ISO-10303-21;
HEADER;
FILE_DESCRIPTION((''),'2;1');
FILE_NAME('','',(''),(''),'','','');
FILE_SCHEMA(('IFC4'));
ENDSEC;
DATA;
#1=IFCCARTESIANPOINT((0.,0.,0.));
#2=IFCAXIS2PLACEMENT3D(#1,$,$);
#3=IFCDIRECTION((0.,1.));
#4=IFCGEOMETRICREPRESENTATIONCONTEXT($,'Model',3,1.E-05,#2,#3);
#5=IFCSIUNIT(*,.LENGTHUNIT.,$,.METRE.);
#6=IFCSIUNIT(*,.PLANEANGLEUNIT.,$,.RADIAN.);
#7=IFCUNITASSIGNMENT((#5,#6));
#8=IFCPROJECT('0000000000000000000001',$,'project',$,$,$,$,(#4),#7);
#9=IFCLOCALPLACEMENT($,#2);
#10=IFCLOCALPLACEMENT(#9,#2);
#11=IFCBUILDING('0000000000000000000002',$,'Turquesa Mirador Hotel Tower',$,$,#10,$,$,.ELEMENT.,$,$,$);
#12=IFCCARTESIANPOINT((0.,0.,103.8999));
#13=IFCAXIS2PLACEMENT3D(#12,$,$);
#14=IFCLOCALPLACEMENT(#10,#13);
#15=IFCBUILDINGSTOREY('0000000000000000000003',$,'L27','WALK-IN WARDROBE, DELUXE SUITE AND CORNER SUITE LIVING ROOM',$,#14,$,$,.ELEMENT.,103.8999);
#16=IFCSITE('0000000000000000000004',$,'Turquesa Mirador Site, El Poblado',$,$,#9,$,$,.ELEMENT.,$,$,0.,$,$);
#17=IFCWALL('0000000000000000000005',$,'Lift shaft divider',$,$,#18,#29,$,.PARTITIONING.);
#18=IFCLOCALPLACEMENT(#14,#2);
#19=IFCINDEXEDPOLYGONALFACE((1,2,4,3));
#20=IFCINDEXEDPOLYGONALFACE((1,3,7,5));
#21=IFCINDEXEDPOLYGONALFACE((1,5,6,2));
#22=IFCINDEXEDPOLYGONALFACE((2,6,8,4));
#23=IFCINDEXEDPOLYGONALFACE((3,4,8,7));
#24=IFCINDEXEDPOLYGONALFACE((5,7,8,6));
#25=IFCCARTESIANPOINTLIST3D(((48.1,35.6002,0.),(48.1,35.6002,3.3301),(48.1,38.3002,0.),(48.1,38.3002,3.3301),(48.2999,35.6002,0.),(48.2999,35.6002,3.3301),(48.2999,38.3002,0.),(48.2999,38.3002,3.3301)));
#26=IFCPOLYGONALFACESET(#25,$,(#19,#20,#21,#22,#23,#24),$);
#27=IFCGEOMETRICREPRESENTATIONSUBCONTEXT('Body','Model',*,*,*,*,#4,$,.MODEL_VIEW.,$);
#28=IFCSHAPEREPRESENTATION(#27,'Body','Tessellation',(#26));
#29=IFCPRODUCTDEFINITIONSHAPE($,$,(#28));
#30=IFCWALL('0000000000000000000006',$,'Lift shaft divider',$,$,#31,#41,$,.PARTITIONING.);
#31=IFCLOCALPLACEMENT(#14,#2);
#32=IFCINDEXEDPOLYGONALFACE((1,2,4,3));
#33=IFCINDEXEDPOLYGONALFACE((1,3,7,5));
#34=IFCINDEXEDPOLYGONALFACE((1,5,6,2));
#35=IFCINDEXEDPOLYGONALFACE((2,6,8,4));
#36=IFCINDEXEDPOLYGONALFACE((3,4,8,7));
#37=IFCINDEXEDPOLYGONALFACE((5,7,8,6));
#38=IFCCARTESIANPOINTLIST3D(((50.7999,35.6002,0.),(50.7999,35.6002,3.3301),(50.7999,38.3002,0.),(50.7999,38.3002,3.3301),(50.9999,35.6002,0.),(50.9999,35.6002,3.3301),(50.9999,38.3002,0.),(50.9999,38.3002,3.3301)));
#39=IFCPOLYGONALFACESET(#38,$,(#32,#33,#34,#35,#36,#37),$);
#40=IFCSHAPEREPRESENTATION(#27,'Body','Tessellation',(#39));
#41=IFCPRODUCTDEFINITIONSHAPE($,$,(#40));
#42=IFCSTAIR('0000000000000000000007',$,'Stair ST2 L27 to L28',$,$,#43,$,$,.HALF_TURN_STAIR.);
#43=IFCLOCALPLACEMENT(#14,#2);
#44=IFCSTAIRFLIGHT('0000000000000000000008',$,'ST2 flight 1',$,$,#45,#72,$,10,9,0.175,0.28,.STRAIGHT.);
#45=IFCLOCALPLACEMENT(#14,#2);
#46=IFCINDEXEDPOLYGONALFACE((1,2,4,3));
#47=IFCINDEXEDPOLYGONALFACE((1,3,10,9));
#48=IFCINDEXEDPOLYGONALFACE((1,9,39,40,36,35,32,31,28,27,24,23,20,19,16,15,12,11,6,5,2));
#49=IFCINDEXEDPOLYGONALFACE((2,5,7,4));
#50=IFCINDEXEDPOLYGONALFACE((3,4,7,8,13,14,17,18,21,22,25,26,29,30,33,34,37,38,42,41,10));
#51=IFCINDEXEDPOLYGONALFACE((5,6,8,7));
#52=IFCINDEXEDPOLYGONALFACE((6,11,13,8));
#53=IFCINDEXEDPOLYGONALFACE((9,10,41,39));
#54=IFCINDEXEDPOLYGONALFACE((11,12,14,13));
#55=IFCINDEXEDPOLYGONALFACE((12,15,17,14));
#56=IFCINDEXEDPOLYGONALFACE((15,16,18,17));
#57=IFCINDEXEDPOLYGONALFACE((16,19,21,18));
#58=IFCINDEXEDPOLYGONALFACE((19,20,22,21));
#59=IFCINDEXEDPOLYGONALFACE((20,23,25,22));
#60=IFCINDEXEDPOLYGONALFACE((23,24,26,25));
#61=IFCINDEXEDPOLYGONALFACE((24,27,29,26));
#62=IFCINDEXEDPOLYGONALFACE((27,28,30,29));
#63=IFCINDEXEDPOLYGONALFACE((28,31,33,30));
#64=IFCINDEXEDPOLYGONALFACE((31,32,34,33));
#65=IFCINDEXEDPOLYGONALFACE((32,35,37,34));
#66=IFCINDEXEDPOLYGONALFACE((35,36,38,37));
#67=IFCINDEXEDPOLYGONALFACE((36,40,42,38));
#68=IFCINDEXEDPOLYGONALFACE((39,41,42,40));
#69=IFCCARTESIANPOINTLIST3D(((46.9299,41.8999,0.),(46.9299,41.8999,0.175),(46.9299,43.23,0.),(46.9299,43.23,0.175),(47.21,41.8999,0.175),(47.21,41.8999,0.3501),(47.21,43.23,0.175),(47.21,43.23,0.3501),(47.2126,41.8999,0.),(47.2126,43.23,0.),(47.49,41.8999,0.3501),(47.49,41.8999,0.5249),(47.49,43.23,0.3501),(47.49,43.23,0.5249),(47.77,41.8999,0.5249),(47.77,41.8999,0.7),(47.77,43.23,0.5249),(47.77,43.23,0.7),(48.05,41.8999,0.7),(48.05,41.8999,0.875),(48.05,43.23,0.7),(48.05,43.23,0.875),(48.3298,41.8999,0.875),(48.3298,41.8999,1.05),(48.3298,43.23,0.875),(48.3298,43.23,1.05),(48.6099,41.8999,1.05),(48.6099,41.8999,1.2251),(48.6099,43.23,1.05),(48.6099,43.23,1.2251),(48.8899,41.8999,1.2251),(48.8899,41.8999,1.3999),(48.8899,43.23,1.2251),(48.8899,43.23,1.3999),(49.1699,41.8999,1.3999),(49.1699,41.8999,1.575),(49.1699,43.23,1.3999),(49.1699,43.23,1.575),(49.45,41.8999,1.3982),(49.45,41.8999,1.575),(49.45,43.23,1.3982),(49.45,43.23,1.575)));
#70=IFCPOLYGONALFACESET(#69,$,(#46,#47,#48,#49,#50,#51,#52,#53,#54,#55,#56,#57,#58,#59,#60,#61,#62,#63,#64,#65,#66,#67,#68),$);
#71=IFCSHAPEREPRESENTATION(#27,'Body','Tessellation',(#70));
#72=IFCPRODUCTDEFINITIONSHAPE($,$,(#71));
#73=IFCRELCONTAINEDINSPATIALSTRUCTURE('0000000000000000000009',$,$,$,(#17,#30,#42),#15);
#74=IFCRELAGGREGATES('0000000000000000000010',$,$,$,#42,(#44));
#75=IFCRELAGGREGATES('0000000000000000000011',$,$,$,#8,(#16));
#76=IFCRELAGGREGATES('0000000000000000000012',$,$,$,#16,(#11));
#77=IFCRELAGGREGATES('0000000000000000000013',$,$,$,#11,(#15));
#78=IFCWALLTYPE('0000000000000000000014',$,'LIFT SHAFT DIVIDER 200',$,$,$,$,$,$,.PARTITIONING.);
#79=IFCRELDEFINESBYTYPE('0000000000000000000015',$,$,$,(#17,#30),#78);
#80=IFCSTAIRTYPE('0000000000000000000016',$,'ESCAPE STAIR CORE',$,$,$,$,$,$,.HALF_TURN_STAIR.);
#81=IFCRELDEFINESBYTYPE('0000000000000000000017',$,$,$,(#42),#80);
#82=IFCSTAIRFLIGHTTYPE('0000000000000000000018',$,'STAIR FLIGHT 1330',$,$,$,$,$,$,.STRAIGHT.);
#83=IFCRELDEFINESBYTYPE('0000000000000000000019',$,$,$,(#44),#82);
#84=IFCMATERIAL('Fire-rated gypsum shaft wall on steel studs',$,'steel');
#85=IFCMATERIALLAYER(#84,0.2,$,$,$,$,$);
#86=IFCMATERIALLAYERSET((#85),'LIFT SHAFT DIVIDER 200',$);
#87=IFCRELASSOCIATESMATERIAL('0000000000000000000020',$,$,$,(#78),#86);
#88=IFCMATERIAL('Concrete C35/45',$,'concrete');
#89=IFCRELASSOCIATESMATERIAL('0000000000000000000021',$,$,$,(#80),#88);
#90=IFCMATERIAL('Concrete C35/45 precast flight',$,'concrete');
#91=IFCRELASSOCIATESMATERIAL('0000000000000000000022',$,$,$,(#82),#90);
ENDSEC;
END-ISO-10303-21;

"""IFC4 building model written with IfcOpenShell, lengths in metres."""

from ifc_helpers import new_model, si_unit, direction, frame, frame_2d, origin, place, context, subcontext, project, spatial, polyline, rectangle, outline, extrude, material, layer, layer_set, type_object, element, aggregate, save


model = new_model("IFC4")

# Units and contexts
model_context = context("Model", 3, precision=1e-05, world=origin(), true_north=direction((0.0, 1.0)))
body_context = subcontext(model_context, "Body", "Model", "MODEL_VIEW")
ifc_project = project(units=[si_unit("LENGTHUNIT", "METRE"), si_unit("PLANEANGLEUNIT", "RADIAN")], contexts=[model_context])

# Site, building, storey
site_placement = place(None, origin())
site = spatial("IfcSite", under=ifc_project, at=site_placement, Name="Turquesa Mirador Site, El Poblado", CompositionType="ELEMENT", RefElevation=0.0)
building_placement = place(site_placement, origin())
building = spatial("IfcBuilding", under=site, at=building_placement, Name="Turquesa Mirador Hotel Tower", CompositionType="ELEMENT")
storey_placement = place(building_placement, frame((0.0, 0.0, 103.8999)))
storey = spatial("IfcBuildingStorey", under=building, at=storey_placement, Name="L27", Description="WALK-IN WARDROBE, DELUXE SUITE AND CORNER SUITE LIVING ROOM", CompositionType="ELEMENT", Elevation=103.8999)

# Walls
ifc_material_1 = material(Name="Fire-rated gypsum shaft wall on steel studs", Category="steel")
ifc_layer_1 = layer(ifc_material_1, 0.2)
ifc_layer_set_1 = layer_set([ifc_layer_1], Name="LIFT SHAFT DIVIDER 200")
wall_type_1 = type_object("IfcWallType", Name="LIFT SHAFT DIVIDER 200", PredefinedType="PARTITIONING", material=ifc_layer_set_1)
for number, where, z_axis, x_axis, name in (
    (1, (48.2, 35.6001, 0.0), (0.0, 0.0, 1.0), (0.0, 1.0, 0.0), "Lift shaft divider"),
    (2, (50.8999, 35.6001, 0.0), (0.0, 0.0, 1.0), (0.0, 1.0, 0.0), "Lift shaft divider"),
):
    element("IfcWall", number, at=place(storey_placement, frame(where, z_axis=z_axis, x_axis=x_axis)), inside=storey, type_object=wall_type_1, Name=name, PredefinedType="PARTITIONING", context=body_context, shape_type="SweptSolid", body=[
        extrude(rectangle(XDim=2.7, YDim=0.2, at=frame_2d((1.3501, 0.0))), origin(), (0.0, 0.0, 1.0), 3.3301),
    ])

# Stair, stair flight
ifc_material_2 = material(Name="Concrete C35/45", Category="concrete")
stair_type = type_object("IfcStairType", Name="ESCAPE STAIR CORE", PredefinedType="HALF_TURN_STAIR", material=ifc_material_2)
stair_placement = place(storey_placement, origin())
stair = element("IfcStair", 3, at=stair_placement, inside=storey, type_object=stair_type, Name="Stair ST2 L27 to L28", PredefinedType="HALF_TURN_STAIR")
ifc_material_3 = material(Name="Concrete C35/45 precast flight", Category="concrete")
stair_flight_type = type_object("IfcStairFlightType", Name="STAIR FLIGHT 1330", PredefinedType="STRAIGHT", material=ifc_material_3)
stair_flight_placement = place(storey_placement, frame((46.9299, 42.5649, 0.0), z_axis=(0.0, 0.0, 1.0), x_axis=(1.0, 0.0, 0.0)))
stair_flight = element("IfcStairFlight", 4, at=stair_flight_placement, type_object=stair_flight_type, Name="ST2 flight 1", NumberOfRisers=10, NumberOfTreads=9, PredefinedType="STRAIGHT", RiserHeight=0.175, TreadLength=0.28, context=body_context, shape_type="SweptSolid", body=[
    extrude(outline(polyline([(0.0, 0.0), (0.0, 0.175), (0.28, 0.175), (0.28, 0.3501), (0.5601, 0.3501), (0.5601, 0.5249), (0.8401, 0.5249), (0.8401, 0.7), (1.1201, 0.7), (1.1201, 0.875), (1.3999, 0.875), (1.3999, 1.05), (1.6799, 1.05), (1.6799, 1.2251), (1.96, 1.2251), (1.96, 1.3999), (2.24, 1.3999), (2.24, 1.575), (2.52, 1.575), (2.52, 1.75), (2.52, 1.3982), (0.2827, 0.0), (0.0, 0.0)])), frame((0.0, 0.665, 0.0), z_axis=(0.0, -1.0, 0.0), x_axis=(1.0, 0.0, 0.0)), (0.0, 0.0, 1.0), 1.3301),
])
aggregate(stair, [stair_flight])

save(model, "model.ifc")
